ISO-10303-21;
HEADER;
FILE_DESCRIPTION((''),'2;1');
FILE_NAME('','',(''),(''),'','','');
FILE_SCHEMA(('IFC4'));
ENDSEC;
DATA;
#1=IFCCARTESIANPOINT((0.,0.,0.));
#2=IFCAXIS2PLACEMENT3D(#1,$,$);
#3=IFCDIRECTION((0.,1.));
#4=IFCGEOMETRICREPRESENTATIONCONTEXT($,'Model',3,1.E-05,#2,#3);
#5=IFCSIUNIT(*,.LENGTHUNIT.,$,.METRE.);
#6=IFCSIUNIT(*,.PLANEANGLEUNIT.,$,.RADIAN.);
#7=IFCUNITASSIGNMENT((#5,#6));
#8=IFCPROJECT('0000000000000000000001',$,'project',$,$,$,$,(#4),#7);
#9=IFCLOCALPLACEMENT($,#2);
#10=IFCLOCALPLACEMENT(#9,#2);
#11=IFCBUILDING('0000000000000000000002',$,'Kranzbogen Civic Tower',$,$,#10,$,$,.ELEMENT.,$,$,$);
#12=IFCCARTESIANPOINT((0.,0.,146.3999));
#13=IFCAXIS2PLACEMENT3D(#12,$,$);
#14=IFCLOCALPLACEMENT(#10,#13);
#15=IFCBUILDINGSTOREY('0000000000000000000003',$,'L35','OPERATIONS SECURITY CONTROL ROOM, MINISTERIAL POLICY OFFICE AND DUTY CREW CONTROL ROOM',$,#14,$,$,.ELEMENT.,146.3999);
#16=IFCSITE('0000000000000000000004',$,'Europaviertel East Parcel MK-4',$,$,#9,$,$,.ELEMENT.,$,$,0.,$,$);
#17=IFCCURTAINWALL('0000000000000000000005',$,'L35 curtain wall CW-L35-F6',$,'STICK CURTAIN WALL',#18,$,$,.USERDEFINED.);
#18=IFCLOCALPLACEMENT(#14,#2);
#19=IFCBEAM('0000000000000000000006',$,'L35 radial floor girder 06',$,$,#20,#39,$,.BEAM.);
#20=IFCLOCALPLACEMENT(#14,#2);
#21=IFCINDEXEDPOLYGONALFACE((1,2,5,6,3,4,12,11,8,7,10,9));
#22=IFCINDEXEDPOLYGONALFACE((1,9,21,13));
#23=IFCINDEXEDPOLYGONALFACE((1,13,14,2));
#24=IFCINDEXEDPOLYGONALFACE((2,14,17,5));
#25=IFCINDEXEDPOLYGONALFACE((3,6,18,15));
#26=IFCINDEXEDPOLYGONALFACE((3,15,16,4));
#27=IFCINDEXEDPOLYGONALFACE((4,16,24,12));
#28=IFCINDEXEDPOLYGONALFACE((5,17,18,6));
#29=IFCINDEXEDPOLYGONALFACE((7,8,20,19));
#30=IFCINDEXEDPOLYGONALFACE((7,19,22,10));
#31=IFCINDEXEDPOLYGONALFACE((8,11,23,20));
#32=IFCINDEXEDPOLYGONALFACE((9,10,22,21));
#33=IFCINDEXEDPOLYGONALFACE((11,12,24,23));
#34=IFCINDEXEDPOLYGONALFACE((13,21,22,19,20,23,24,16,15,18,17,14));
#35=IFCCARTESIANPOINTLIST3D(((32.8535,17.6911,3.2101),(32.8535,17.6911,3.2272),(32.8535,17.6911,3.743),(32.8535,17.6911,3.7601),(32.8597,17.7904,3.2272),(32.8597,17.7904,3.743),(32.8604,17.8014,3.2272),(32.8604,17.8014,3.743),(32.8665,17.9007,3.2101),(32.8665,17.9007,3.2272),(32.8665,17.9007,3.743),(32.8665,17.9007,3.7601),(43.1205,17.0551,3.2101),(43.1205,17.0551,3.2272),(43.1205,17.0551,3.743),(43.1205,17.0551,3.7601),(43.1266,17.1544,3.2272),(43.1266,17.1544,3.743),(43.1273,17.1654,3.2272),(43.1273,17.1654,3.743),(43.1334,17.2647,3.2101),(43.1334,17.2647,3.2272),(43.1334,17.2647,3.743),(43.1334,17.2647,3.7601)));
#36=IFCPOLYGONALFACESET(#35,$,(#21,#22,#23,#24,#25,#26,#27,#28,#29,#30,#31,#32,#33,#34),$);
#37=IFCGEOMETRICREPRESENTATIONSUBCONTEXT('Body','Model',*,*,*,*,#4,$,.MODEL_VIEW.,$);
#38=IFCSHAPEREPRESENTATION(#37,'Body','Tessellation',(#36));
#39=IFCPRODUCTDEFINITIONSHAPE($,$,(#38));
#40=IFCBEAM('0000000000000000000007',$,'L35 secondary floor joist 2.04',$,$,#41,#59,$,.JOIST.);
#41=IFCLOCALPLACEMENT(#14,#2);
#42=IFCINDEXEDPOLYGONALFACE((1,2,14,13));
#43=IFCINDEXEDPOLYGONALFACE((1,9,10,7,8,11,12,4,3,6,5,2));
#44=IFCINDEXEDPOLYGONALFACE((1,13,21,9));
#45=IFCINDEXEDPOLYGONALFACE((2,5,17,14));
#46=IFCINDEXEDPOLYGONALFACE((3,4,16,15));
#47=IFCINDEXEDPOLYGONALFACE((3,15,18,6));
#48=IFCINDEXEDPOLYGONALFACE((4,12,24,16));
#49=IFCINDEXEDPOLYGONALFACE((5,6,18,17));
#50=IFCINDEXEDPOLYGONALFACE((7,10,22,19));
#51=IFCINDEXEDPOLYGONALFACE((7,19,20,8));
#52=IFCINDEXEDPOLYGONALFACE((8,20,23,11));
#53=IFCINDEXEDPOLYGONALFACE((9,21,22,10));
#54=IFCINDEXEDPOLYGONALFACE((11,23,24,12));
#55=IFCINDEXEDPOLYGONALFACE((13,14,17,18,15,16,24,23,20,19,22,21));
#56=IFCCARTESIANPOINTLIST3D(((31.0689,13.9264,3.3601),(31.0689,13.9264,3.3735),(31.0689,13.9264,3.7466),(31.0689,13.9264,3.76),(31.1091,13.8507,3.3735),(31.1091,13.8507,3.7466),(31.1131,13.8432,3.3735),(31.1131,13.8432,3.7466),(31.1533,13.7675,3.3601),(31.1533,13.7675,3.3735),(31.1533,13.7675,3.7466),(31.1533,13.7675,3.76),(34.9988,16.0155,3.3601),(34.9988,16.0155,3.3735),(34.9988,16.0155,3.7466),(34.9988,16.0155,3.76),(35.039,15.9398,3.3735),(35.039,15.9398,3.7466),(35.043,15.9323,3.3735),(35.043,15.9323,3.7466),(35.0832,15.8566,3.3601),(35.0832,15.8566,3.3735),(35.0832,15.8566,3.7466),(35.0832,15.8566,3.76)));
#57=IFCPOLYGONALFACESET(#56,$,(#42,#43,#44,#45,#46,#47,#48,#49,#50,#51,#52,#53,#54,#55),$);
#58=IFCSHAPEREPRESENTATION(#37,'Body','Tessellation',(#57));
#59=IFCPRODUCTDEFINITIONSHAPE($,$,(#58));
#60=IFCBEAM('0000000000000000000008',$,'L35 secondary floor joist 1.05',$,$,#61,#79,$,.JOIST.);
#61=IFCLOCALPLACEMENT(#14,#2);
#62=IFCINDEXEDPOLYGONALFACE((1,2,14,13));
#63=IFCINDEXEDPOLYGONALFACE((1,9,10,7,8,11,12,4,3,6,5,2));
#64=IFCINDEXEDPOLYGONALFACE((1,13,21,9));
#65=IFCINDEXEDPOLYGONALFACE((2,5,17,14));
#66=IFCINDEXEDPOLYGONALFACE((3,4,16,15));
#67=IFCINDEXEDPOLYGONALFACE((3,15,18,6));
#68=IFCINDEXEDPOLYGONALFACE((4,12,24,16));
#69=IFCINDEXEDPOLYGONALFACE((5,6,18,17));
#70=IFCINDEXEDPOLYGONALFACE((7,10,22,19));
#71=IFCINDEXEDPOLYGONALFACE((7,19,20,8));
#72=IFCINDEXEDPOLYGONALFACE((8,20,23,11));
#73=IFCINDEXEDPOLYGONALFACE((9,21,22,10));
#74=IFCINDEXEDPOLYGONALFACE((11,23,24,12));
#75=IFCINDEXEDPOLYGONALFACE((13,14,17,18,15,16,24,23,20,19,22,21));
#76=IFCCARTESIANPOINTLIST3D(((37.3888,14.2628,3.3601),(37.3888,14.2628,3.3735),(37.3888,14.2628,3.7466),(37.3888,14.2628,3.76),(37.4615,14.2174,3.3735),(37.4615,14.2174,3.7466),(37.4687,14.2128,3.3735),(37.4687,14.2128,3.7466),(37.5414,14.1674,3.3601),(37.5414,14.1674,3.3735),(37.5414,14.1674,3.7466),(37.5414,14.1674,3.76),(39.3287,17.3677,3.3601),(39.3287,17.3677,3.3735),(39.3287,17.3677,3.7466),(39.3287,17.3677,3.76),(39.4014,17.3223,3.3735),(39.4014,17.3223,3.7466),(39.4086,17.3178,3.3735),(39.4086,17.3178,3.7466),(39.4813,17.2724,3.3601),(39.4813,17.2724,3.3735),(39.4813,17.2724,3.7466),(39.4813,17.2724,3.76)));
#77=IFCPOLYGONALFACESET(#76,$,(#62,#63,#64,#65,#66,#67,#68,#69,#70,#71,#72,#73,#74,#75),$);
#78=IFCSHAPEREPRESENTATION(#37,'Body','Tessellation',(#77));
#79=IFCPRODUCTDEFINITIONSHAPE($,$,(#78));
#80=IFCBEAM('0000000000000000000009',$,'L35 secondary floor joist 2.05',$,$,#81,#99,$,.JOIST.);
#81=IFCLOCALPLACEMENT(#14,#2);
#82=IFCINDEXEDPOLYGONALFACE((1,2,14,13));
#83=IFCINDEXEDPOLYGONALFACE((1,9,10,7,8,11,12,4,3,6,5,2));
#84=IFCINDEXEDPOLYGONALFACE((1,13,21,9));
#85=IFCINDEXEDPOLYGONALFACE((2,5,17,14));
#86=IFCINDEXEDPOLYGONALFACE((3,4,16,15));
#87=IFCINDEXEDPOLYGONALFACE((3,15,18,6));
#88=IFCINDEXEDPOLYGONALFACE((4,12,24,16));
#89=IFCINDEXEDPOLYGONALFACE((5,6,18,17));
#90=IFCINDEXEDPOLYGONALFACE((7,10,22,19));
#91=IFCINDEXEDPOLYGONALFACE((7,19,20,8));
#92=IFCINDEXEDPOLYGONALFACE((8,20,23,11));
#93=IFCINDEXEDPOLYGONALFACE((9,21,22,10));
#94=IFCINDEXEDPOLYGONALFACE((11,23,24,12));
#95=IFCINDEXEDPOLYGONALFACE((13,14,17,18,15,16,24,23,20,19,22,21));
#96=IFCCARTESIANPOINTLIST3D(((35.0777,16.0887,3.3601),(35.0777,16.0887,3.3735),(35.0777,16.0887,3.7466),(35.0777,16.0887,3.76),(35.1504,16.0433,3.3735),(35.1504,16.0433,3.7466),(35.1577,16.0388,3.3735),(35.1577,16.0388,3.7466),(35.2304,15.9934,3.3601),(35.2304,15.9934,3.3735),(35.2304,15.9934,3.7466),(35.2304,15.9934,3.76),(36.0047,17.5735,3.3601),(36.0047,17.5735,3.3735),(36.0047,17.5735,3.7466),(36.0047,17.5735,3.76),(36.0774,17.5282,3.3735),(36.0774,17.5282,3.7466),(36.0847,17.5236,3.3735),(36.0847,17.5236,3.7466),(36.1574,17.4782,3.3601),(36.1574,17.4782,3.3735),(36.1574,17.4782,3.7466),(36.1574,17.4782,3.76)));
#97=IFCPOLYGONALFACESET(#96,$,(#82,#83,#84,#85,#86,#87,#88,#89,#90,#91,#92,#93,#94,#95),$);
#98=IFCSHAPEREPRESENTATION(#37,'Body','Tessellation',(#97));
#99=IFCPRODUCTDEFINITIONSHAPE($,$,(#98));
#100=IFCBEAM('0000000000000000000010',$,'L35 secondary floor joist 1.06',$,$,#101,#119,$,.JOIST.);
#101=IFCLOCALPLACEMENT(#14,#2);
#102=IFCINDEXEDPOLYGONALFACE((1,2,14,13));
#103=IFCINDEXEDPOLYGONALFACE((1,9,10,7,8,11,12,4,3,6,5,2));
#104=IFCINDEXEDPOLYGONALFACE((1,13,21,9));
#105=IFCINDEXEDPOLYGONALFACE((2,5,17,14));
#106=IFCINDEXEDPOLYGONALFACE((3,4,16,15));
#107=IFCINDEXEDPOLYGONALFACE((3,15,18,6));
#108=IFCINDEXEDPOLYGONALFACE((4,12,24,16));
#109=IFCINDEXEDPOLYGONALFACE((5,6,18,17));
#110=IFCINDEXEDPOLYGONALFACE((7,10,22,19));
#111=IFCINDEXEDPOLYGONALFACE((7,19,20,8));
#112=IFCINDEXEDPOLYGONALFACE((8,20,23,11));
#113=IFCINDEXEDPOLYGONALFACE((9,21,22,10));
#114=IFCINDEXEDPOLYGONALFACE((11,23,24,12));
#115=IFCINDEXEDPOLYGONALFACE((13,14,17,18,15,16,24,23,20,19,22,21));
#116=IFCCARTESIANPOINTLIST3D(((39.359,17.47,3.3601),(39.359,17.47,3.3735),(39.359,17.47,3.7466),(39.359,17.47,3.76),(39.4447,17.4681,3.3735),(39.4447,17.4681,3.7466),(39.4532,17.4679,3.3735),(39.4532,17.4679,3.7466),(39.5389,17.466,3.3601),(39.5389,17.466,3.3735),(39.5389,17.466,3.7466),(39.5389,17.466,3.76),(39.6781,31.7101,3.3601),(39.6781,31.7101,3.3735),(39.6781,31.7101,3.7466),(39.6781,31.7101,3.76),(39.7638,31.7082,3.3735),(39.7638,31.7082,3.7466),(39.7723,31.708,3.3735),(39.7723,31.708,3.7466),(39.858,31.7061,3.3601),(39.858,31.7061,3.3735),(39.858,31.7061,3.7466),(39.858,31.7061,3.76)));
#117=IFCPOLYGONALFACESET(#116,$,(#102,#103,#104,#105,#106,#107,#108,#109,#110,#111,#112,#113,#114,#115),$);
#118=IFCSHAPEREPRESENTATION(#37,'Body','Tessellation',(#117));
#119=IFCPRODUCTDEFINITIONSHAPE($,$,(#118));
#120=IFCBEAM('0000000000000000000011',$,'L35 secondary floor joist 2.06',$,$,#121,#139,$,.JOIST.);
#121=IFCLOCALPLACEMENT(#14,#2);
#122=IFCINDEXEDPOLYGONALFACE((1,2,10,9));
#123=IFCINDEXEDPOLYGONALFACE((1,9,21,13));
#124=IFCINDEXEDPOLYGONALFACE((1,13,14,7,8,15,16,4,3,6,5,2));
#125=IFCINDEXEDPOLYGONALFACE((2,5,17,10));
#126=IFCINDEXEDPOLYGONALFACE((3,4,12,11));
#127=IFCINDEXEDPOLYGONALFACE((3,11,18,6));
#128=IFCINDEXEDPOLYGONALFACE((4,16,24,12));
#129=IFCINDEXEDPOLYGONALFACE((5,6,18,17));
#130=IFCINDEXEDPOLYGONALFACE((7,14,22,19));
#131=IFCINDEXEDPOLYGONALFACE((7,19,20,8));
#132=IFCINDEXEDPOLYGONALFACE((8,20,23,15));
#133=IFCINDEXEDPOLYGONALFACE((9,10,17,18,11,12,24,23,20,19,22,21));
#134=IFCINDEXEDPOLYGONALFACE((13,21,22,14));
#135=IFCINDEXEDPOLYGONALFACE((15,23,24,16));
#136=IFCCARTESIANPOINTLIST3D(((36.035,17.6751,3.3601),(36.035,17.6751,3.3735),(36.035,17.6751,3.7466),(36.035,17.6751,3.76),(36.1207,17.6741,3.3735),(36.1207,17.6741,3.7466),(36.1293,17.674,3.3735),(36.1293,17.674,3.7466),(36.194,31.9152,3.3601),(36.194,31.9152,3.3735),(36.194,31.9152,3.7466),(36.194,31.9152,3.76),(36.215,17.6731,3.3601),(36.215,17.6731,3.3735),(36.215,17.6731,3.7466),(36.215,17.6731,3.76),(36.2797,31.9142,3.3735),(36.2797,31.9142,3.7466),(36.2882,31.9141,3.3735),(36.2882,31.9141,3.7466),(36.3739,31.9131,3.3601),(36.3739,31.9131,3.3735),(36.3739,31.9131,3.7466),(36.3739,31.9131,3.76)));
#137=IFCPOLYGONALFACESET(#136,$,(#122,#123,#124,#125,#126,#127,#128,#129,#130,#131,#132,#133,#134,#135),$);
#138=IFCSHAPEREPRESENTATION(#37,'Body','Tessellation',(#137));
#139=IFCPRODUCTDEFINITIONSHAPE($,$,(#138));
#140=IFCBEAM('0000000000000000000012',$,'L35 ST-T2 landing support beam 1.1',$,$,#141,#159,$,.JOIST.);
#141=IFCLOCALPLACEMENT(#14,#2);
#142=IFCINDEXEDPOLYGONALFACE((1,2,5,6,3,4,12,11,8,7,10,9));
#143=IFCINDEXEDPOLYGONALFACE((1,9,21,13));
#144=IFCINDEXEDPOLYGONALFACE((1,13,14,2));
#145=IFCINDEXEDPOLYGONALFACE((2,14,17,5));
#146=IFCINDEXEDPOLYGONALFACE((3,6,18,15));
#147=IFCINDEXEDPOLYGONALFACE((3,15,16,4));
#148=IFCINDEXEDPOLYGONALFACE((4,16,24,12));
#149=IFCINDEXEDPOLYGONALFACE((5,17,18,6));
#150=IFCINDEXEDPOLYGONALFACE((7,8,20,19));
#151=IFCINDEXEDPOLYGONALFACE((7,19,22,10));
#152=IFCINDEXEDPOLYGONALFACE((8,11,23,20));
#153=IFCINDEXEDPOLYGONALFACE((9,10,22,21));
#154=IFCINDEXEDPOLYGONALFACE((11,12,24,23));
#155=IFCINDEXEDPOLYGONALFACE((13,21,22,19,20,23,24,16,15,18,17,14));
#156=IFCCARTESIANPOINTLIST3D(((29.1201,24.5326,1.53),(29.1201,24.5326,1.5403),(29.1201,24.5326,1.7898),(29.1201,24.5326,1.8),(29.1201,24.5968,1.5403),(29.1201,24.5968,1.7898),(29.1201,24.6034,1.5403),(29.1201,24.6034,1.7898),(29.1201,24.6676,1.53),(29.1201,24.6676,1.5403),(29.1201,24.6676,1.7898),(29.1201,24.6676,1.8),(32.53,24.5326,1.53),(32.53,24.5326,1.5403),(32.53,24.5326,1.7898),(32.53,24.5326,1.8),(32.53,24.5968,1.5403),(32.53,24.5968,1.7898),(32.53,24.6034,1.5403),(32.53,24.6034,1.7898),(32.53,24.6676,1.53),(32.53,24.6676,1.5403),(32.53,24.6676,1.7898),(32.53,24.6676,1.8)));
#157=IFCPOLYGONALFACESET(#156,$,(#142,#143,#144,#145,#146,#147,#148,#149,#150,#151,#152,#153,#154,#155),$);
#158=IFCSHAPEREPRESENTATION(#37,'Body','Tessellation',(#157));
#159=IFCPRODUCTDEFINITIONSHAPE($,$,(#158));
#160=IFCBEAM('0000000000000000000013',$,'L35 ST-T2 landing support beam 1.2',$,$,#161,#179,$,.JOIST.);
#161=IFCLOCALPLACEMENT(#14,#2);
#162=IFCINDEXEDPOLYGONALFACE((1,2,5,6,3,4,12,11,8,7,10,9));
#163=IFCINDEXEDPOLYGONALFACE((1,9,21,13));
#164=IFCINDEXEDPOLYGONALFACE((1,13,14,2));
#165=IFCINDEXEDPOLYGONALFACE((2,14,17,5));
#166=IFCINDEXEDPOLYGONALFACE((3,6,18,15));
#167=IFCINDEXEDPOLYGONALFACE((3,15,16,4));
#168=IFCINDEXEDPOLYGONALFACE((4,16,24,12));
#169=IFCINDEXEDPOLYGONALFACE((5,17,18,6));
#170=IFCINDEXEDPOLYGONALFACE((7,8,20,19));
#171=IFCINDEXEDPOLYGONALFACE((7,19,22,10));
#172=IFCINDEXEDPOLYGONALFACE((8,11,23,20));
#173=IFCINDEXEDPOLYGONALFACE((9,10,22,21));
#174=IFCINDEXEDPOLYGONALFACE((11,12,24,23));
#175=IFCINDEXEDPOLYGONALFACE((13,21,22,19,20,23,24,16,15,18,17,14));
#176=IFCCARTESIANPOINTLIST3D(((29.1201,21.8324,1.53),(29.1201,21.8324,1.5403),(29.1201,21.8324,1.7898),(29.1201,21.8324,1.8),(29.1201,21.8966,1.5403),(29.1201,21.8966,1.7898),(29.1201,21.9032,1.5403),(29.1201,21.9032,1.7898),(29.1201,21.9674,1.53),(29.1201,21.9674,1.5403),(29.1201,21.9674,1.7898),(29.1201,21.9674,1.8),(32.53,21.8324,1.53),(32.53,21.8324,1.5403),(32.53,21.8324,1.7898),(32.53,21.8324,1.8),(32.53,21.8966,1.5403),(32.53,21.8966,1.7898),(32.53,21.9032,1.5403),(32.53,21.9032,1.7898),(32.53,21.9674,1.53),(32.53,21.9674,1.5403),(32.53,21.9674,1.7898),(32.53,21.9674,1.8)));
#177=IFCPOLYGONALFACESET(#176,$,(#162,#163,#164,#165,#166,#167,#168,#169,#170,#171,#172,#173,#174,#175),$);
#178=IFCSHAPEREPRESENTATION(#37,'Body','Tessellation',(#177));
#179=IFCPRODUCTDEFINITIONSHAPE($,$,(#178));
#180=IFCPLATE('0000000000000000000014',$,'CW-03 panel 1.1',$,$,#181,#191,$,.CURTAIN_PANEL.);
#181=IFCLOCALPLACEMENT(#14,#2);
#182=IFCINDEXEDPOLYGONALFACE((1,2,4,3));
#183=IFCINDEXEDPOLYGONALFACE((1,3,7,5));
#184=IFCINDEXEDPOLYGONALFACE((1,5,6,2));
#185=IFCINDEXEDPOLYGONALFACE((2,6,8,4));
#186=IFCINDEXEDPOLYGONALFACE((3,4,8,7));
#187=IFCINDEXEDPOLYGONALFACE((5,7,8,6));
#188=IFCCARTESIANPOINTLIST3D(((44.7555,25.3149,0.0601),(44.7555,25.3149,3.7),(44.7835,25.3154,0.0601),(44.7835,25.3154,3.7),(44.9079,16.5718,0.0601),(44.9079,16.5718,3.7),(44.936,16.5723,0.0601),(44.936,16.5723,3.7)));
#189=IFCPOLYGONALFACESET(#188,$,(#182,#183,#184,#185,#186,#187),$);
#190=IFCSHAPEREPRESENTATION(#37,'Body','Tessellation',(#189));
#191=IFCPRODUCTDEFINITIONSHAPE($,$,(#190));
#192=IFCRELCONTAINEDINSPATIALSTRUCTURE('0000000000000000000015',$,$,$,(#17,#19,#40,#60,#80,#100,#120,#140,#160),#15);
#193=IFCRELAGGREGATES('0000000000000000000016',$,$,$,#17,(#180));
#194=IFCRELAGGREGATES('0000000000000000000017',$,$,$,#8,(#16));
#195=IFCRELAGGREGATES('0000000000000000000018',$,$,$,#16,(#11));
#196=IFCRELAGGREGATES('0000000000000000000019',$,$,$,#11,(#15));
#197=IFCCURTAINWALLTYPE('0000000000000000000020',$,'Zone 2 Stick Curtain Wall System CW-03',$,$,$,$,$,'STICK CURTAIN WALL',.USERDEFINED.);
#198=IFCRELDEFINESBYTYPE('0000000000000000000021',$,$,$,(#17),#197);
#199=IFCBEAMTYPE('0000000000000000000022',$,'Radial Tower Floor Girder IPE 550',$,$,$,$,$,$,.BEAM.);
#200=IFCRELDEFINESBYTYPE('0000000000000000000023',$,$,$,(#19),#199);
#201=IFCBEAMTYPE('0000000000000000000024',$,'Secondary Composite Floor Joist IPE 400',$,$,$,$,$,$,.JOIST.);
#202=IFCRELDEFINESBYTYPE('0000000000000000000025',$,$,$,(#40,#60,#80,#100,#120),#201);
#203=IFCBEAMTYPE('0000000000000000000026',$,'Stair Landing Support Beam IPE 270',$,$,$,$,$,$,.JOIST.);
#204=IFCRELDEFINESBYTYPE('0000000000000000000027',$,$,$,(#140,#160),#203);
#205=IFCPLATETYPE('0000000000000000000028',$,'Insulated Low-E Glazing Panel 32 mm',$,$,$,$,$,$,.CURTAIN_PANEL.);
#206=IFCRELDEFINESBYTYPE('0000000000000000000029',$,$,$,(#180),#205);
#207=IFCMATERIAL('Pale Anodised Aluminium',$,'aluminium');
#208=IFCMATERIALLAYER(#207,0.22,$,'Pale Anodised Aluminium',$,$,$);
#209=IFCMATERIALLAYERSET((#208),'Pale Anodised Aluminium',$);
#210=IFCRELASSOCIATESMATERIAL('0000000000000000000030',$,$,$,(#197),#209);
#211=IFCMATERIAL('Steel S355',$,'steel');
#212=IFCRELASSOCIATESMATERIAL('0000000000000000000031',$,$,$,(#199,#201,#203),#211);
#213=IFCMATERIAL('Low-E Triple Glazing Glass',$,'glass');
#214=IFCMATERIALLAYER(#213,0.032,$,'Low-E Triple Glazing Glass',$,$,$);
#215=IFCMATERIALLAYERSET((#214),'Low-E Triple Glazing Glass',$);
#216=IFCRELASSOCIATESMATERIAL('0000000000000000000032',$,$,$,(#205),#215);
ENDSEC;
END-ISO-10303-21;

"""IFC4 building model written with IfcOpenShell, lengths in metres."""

from ifc_helpers import new_model, si_unit, direction, frame, origin, origin_2d, place, context, subcontext, project, spatial, rectangle, i_section, extrude, material, layer, layer_set, material_profile, profile_set, type_object, element, aggregate, save


model = new_model("IFC4")

# Units and contexts
model_context = context("Model", 3, precision=1e-05, world=origin(), true_north=direction((0.0, 1.0)))
body_context = subcontext(model_context, "Body", "Model", "MODEL_VIEW")
ifc_project = project(units=[si_unit("LENGTHUNIT", "METRE"), si_unit("PLANEANGLEUNIT", "RADIAN")], contexts=[model_context])

# Site, building, storey
site_placement = place(None, origin())
site = spatial("IfcSite", under=ifc_project, at=site_placement, Name="Europaviertel East Parcel MK-4", CompositionType="ELEMENT", RefElevation=0.0)
building_placement = place(site_placement, origin())
building = spatial("IfcBuilding", under=site, at=building_placement, Name="Kranzbogen Civic Tower", CompositionType="ELEMENT")
storey_placement = place(building_placement, frame((0.0, 0.0, 146.3999)))
storey = spatial("IfcBuildingStorey", under=building, at=storey_placement, Name="L35", Description="OPERATIONS SECURITY CONTROL ROOM, MINISTERIAL POLICY OFFICE AND DUTY CREW CONTROL ROOM", CompositionType="ELEMENT", Elevation=146.3999)

# Shared definitions
ifc_material_1 = material(Name="Steel S355", Category="steel")

# Shared definitions
ifc_material_2 = material(Name="Pale Anodised Aluminium", Category="aluminium")
ifc_layer_1 = layer(ifc_material_2, 0.22, Name="Pale Anodised Aluminium")
ifc_layer_set_1 = layer_set([ifc_layer_1], Name="Pale Anodised Aluminium")
curtain_wall_type = type_object("IfcCurtainWallType", Name="Zone 2 Stick Curtain Wall System CW-03", ElementType="STICK CURTAIN WALL", PredefinedType="USERDEFINED", material=ifc_layer_set_1)

# Curtain wall
curtain_wall_1_placement = place(storey_placement, origin())
curtain_wall_1 = element("IfcCurtainWall", 1, at=curtain_wall_1_placement, inside=storey, type_object=curtain_wall_type, Name="L35 curtain wall CW-L35-F6", ObjectType="STICK CURTAIN WALL", PredefinedType="USERDEFINED")

# Beams
ifc_material_profile_1 = material_profile(ifc_material_1, i_section(OverallWidth=0.21, OverallDepth=0.55, WebThickness=0.011, FlangeThickness=0.0171, at=origin_2d()), Name="IPE 550")
ifc_profile_set_1 = profile_set([ifc_material_profile_1], Name="Steel S355")
beam_type_1 = type_object("IfcBeamType", Name="Radial Tower Floor Girder IPE 550", PredefinedType="BEAM", material=ifc_profile_set_1)
beam_1_placement = place(storey_placement, frame((43.127, 17.1599, 3.4851), z_axis=(-0.998087, 0.061827, 0.0), x_axis=(-0.061827, -0.998087, 0.0)))
element("IfcBeam", 2, at=beam_1_placement, inside=storey, type_object=beam_type_1, Name="L35 radial floor girder 06", PredefinedType="BEAM", context=body_context, shape_type="SweptSolid", body=[
    extrude(i_section(OverallWidth=0.21, OverallDepth=0.55, WebThickness=0.011, FlangeThickness=0.0171, at=origin_2d()), origin(), (0.0, 0.0, 1.0), 10.2866),
])
ifc_material_profile_2 = material_profile(ifc_material_1, i_section(OverallWidth=0.1799, OverallDepth=0.3999, WebThickness=0.0085, FlangeThickness=0.0134, at=origin_2d()), Name="IPE 400")
ifc_profile_set_2 = profile_set([ifc_material_profile_2], Name="Steel S355")
beam_type_2 = type_object("IfcBeamType", Name="Secondary Composite Floor Joist IPE 400", PredefinedType="JOIST", material=ifc_profile_set_2)
beam_2_placement = place(storey_placement, frame((31.1111, 13.8469, 3.5601), z_axis=(0.882991, 0.469389, 0.0), x_axis=(-0.469389, 0.882991, 0.0)))
element("IfcBeam", 3, at=beam_2_placement, inside=storey, type_object=beam_type_2, Name="L35 secondary floor joist 2.04", PredefinedType="JOIST", context=body_context, shape_type="SweptSolid", body=[
    extrude(i_section(OverallWidth=0.1799, OverallDepth=0.3999, WebThickness=0.0085, FlangeThickness=0.0134, at=origin_2d()), origin(), (0.0, 0.0, 1.0), 4.4507),
])
beam_3_placement = place(storey_placement, frame((37.4651, 14.2151, 3.5601), z_axis=(0.529867, 0.848081, 0.0), x_axis=(-0.848081, 0.529867, 0.0)))
element("IfcBeam", 4, at=beam_3_placement, inside=storey, type_object=beam_type_2, Name="L35 secondary floor joist 1.05", PredefinedType="JOIST", context=body_context, shape_type="SweptSolid", body=[
    extrude(i_section(OverallWidth=0.1799, OverallDepth=0.3999, WebThickness=0.0085, FlangeThickness=0.0134, at=origin_2d()), origin(), (0.0, 0.0, 1.0), 3.6611),
])
beam_4_placement = place(storey_placement, frame((35.1541, 16.041, 3.5601), z_axis=(0.529573, 0.848265, 0.0), x_axis=(-0.848265, 0.529573, 0.0)))
element("IfcBeam", 5, at=beam_4_placement, inside=storey, type_object=beam_type_2, Name="L35 secondary floor joist 2.05", PredefinedType="JOIST", context=body_context, shape_type="SweptSolid", body=[
    extrude(i_section(OverallWidth=0.1799, OverallDepth=0.3999, WebThickness=0.0085, FlangeThickness=0.0134, at=origin_2d()), origin(), (0.0, 0.0, 1.0), 1.7505),
])
beam_5_placement = place(storey_placement, frame((39.449, 17.468, 3.5601), z_axis=(0.022403, 0.999749, 0.0), x_axis=(-0.999749, 0.022403, 0.0)))
element("IfcBeam", 6, at=beam_5_placement, inside=storey, type_object=beam_type_2, Name="L35 secondary floor joist 1.06", PredefinedType="JOIST", context=body_context, shape_type="SweptSolid", body=[
    extrude(i_section(OverallWidth=0.1799, OverallDepth=0.3999, WebThickness=0.0085, FlangeThickness=0.0134, at=origin_2d()), origin(), (0.0, 0.0, 1.0), 14.2437),
])
beam_6_placement = place(storey_placement, frame((36.125, 17.6741, 3.5601), z_axis=(0.011161, 0.999938, 0.0), x_axis=(-0.999938, 0.011161, 0.0)))
element("IfcBeam", 7, at=beam_6_placement, inside=storey, type_object=beam_type_2, Name="L35 secondary floor joist 2.06", PredefinedType="JOIST", context=body_context, shape_type="SweptSolid", body=[
    extrude(i_section(OverallWidth=0.1799, OverallDepth=0.3999, WebThickness=0.0085, FlangeThickness=0.0134, at=origin_2d()), origin(), (0.0, 0.0, 1.0), 14.241),
])
ifc_material_profile_3 = material_profile(ifc_material_1, i_section(OverallWidth=0.135, OverallDepth=0.27, WebThickness=0.0066, FlangeThickness=0.0103, at=origin_2d()), Name="IPE 270")
ifc_profile_set_3 = profile_set([ifc_material_profile_3], Name="Steel S355")
beam_type_3 = type_object("IfcBeamType", Name="Stair Landing Support Beam IPE 270", PredefinedType="JOIST", material=ifc_profile_set_3)
for number, where, z_axis, x_axis, name in (
    (8, (29.1201, 24.6001, 1.665), (1.0, 0.0, 0.0), (0.0, 1.0, 0.0), "L35 ST-T2 landing support beam 1.1"),
    (9, (29.1201, 21.8999, 1.665), (1.0, 0.0, 0.0), (0.0, 1.0, 0.0), "L35 ST-T2 landing support beam 1.2"),
):
    element("IfcBeam", number, at=place(storey_placement, frame(where, z_axis=z_axis, x_axis=x_axis)), inside=storey, type_object=beam_type_3, Name=name, PredefinedType="JOIST", context=body_context, shape_type="SweptSolid", body=[
        extrude(i_section(OverallWidth=0.135, OverallDepth=0.27, WebThickness=0.0066, FlangeThickness=0.0103, at=origin_2d()), origin(), (0.0, 0.0, 1.0), 3.4099),
    ])

# Plate
ifc_material_3 = material(Name="Low-E Triple Glazing Glass", Category="glass")
ifc_layer_2 = layer(ifc_material_3, 0.032, Name="Low-E Triple Glazing Glass")
ifc_layer_set_2 = layer_set([ifc_layer_2], Name="Low-E Triple Glazing Glass")
plate_type = type_object("IfcPlateType", Name="Insulated Low-E Glazing Panel 32 mm", PredefinedType="CURTAIN_PANEL", material=ifc_layer_set_2)
plate_placement = place(storey_placement, frame((44.8457, 20.9436, 0.0601), z_axis=(0.0, 0.0, 1.0), x_axis=(-0.017432, 0.999848, 0.0)))
plate = element("IfcPlate", 10, at=plate_placement, type_object=plate_type, Name="CW-03 panel 1.1", PredefinedType="CURTAIN_PANEL", context=body_context, shape_type="SweptSolid", body=[
    extrude(rectangle(XDim=8.7444, YDim=0.0281, at=origin_2d()), origin(), (0.0, 0.0, 1.0), 3.6399),
])
aggregate(curtain_wall_1, [plate])

save(model, "model.ifc")
